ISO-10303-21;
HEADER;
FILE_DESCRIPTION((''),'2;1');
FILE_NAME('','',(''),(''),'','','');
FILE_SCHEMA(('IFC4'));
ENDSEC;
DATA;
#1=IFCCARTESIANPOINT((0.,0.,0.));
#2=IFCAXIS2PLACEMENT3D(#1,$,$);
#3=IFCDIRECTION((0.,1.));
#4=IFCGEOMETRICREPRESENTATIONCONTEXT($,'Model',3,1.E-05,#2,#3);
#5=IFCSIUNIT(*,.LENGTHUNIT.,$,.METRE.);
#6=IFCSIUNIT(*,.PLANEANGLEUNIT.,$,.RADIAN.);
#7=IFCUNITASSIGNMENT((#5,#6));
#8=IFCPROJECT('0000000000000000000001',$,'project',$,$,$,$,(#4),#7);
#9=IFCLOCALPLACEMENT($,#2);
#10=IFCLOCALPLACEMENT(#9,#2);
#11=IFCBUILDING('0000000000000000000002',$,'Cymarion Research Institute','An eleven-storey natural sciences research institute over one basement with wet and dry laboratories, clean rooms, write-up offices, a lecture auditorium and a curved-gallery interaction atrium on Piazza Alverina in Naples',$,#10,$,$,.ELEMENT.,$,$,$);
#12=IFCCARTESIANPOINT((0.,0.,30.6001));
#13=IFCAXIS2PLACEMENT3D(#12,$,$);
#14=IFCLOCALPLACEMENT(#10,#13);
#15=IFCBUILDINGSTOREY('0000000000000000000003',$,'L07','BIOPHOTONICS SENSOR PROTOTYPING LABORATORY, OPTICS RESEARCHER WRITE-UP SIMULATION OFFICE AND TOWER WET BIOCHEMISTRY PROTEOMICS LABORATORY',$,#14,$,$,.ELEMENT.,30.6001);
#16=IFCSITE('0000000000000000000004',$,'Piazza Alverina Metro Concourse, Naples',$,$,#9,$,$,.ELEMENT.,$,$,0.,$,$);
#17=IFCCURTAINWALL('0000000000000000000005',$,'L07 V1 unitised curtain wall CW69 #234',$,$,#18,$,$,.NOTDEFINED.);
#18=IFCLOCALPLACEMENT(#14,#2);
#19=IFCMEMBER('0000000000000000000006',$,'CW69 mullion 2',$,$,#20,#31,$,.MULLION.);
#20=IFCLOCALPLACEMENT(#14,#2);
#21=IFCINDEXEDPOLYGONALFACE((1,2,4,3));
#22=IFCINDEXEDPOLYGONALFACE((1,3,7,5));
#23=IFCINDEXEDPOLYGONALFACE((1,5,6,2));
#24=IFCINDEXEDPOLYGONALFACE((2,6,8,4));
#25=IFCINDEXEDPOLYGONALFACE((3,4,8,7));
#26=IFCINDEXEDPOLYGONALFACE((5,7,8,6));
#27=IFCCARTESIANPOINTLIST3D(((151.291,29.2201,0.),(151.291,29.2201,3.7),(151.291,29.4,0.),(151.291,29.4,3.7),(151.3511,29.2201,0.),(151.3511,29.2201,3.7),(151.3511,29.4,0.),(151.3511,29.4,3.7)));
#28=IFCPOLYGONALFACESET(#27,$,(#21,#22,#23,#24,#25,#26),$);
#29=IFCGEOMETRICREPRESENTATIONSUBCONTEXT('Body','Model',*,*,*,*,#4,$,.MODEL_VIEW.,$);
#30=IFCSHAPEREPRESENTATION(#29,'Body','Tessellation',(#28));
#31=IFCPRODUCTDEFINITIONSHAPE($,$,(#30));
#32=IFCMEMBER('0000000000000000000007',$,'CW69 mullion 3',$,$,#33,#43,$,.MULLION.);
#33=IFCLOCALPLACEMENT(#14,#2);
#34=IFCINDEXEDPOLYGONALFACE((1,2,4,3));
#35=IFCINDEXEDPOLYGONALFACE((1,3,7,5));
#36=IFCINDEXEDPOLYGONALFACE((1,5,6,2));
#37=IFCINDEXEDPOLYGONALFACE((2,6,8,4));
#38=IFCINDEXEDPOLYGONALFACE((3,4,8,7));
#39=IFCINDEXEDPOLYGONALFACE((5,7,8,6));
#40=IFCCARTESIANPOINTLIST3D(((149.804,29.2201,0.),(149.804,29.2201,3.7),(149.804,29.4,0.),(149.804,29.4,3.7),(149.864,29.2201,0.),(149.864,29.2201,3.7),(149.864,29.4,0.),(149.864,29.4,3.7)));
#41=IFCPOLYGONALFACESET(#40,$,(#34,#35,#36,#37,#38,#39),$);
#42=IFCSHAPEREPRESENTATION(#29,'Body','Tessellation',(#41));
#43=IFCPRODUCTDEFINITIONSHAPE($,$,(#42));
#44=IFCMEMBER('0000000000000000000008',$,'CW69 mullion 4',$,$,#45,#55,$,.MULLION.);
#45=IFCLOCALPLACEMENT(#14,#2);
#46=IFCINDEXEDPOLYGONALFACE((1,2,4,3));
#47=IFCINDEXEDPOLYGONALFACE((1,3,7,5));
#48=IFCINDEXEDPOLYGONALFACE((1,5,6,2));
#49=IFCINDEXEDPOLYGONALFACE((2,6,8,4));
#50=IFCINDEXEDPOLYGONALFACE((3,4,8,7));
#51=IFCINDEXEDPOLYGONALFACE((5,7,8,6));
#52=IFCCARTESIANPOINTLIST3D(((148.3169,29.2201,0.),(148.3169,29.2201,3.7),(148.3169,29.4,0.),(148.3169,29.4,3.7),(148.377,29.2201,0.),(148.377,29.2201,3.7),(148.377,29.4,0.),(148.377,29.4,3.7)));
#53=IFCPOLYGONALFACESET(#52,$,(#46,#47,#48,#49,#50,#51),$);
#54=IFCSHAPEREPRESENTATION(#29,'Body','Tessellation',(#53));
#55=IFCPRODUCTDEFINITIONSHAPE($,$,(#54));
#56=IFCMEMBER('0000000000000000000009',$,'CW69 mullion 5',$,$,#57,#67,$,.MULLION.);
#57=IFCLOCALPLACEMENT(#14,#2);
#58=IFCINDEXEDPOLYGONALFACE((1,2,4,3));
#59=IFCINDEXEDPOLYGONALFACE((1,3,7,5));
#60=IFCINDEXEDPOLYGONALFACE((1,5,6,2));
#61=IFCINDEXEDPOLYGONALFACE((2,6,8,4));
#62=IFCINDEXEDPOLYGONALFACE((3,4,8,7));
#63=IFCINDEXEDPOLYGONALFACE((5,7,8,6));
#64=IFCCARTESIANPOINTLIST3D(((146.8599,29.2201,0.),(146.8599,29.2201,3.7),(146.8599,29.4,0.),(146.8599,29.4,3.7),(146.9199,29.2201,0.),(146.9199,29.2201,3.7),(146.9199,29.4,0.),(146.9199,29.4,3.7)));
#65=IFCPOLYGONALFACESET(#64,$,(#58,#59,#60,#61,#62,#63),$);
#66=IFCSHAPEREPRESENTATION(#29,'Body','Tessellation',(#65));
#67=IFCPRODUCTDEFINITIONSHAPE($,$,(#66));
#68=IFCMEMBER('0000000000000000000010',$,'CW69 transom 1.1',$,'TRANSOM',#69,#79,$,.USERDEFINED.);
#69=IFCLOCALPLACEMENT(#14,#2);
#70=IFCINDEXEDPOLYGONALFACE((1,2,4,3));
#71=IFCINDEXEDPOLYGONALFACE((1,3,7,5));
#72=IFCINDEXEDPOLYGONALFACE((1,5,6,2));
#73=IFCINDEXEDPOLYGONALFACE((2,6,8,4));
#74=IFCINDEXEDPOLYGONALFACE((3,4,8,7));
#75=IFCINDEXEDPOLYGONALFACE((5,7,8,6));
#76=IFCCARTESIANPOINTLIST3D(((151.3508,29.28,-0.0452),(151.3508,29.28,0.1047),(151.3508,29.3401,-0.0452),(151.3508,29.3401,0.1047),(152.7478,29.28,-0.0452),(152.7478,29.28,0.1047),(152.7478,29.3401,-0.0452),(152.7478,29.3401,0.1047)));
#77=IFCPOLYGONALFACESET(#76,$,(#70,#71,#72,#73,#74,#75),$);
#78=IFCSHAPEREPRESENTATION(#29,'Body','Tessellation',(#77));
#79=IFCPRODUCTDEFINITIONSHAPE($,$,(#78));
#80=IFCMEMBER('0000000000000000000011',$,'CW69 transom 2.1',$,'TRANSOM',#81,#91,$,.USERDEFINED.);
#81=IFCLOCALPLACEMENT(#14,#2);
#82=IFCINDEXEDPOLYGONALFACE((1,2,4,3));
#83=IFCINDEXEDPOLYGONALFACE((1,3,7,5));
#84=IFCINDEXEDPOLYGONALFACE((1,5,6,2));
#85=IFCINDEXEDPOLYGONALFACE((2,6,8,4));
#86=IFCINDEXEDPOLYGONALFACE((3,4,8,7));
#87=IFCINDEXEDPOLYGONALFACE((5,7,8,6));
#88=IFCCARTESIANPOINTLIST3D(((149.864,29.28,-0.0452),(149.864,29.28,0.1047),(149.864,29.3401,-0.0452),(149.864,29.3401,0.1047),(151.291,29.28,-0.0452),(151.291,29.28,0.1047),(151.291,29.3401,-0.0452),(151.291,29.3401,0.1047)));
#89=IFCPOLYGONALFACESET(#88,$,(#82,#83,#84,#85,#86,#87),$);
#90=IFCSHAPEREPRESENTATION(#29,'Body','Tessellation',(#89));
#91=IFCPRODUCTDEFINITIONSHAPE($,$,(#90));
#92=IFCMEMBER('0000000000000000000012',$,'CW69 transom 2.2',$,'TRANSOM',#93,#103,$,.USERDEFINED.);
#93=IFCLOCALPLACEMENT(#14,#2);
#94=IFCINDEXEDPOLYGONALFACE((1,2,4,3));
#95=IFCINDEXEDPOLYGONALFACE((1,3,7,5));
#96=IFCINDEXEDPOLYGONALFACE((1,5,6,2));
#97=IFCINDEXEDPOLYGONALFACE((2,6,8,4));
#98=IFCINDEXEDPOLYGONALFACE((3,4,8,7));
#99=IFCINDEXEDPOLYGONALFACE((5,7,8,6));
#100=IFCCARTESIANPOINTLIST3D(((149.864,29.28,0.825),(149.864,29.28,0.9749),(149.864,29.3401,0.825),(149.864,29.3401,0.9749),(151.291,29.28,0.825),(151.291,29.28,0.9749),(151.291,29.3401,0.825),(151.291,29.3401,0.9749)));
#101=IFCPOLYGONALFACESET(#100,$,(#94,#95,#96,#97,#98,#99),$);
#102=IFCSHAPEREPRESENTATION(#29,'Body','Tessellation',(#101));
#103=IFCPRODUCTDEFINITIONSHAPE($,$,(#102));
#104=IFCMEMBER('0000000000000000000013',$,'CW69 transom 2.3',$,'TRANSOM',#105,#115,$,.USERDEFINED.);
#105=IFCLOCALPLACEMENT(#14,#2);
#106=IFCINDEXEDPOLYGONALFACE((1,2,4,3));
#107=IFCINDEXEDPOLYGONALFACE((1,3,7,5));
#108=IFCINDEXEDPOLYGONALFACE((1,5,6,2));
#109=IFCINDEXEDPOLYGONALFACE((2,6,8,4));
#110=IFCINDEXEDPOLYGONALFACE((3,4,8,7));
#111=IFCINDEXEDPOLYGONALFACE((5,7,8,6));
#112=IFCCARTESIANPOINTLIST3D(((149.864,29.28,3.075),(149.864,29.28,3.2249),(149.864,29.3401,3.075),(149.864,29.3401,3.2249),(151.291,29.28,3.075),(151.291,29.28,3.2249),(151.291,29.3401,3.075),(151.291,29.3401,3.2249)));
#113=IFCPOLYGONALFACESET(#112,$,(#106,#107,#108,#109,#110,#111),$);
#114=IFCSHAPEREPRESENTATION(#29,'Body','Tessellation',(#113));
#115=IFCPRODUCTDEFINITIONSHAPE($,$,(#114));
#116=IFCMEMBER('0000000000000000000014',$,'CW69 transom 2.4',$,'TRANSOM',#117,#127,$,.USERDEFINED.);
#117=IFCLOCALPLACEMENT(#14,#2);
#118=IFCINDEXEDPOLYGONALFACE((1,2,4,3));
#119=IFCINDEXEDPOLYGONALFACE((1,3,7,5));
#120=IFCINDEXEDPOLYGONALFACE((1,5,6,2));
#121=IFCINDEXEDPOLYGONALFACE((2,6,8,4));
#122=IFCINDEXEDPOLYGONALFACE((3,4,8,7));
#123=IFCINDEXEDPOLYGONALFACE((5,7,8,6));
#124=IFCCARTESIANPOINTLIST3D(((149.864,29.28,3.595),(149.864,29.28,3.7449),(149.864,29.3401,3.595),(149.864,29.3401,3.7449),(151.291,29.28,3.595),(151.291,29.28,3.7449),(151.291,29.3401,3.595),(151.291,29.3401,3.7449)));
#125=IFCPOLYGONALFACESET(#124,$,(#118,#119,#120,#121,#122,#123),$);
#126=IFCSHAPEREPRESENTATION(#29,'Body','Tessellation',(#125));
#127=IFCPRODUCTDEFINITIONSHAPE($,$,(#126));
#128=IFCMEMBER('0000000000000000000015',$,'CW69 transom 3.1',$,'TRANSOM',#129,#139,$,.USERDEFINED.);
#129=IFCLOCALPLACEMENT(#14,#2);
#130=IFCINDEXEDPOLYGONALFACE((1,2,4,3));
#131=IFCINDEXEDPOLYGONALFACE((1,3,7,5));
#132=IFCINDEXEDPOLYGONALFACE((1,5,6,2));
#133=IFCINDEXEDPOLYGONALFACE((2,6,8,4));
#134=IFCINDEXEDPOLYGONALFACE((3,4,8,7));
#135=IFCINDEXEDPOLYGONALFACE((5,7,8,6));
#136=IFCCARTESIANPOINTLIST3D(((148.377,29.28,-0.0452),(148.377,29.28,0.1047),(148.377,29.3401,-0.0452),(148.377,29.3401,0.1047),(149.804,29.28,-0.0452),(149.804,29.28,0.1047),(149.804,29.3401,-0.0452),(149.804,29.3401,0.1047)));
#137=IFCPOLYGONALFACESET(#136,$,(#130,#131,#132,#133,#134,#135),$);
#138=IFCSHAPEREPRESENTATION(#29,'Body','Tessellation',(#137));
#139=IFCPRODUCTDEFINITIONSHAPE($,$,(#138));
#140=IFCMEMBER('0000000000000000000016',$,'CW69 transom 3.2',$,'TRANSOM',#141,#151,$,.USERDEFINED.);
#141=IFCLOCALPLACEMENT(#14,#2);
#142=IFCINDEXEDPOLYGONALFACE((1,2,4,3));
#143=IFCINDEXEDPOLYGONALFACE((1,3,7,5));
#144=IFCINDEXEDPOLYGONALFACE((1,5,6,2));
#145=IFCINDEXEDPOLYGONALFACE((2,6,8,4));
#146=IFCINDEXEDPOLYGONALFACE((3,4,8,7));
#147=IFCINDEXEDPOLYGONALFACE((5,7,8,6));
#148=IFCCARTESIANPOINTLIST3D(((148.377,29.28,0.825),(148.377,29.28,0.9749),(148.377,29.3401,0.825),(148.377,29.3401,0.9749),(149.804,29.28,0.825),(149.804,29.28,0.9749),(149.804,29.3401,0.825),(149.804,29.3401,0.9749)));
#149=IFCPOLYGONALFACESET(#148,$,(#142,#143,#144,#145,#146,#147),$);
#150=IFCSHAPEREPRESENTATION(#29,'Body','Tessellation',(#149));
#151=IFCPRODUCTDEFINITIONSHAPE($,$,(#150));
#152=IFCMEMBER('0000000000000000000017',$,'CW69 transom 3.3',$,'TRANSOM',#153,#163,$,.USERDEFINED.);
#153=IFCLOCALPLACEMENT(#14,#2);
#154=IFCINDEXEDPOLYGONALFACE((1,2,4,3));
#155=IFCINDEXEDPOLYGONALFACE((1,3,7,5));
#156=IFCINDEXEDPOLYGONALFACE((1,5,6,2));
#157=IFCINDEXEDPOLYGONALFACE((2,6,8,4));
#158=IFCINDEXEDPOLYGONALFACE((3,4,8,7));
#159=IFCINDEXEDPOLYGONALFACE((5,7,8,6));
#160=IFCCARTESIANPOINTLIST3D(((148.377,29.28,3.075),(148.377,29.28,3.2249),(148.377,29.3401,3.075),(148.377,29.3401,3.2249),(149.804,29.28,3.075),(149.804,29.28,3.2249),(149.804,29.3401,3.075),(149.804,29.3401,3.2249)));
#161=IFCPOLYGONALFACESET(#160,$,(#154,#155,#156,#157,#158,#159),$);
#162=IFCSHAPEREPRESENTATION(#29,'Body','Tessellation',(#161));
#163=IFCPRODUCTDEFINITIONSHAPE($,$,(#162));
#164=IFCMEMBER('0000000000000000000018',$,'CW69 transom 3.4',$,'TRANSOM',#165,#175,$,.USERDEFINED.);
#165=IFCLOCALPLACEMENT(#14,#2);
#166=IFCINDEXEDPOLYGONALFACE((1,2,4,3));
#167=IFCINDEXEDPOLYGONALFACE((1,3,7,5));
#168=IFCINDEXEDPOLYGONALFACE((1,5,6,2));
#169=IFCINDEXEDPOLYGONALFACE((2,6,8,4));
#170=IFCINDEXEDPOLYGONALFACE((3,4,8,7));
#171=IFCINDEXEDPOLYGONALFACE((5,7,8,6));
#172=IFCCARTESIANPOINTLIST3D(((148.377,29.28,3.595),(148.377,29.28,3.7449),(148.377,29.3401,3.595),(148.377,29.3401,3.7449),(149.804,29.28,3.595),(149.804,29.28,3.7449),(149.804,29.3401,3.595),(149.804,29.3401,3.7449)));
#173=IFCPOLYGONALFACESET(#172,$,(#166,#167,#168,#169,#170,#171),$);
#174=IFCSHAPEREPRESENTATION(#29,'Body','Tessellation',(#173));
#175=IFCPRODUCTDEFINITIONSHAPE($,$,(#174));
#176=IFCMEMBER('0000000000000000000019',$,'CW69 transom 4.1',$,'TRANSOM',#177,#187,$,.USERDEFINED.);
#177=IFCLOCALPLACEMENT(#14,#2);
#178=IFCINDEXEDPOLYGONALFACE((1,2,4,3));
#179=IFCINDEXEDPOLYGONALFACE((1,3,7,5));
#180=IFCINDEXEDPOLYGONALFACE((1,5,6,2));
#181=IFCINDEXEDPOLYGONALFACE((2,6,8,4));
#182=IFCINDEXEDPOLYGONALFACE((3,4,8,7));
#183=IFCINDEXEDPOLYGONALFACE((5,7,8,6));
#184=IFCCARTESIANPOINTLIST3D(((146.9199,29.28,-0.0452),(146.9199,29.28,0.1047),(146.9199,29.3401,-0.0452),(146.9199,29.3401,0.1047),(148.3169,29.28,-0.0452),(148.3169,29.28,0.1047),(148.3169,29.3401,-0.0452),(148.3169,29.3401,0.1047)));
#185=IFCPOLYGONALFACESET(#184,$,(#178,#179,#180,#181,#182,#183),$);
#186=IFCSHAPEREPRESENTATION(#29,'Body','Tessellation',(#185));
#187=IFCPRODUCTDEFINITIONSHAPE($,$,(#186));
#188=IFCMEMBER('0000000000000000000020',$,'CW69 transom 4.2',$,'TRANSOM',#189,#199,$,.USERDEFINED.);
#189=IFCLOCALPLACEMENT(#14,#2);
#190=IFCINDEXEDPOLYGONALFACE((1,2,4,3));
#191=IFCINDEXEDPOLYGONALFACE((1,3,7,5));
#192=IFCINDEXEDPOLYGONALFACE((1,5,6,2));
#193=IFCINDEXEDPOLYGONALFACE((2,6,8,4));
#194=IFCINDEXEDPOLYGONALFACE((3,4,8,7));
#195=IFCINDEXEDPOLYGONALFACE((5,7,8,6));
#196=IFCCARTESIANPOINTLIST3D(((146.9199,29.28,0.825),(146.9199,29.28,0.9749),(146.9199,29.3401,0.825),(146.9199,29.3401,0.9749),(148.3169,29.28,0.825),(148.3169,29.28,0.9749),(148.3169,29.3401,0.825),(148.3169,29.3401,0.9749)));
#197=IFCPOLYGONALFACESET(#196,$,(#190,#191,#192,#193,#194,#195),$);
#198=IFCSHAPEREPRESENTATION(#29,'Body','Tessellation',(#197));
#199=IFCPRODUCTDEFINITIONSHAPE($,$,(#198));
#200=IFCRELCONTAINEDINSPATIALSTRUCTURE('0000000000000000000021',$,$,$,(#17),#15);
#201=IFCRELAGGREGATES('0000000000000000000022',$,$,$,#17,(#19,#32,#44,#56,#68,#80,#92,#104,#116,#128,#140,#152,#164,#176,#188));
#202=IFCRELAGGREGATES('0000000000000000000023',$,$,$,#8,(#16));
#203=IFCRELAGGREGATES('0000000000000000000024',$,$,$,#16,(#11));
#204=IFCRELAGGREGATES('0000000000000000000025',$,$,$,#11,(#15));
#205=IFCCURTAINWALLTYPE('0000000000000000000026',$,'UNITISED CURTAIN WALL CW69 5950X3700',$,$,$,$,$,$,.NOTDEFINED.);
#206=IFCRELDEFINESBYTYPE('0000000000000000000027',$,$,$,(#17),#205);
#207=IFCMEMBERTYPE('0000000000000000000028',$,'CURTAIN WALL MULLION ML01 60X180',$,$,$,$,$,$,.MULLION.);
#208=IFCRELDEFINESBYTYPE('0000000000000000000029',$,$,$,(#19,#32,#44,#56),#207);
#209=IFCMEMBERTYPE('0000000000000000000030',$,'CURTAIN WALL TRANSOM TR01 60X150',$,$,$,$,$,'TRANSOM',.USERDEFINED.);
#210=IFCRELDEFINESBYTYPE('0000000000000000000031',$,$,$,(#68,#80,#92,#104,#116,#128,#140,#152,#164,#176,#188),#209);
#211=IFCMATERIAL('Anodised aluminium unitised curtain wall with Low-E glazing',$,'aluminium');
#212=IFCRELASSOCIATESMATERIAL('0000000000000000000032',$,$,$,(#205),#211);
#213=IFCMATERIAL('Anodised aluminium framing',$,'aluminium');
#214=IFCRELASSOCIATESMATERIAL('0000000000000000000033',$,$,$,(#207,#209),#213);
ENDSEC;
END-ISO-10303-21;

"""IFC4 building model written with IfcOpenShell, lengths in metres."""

from ifc_helpers import new_model, si_unit, direction, frame, origin, origin_2d, place, context, subcontext, project, spatial, rectangle, extrude, material, material_profile, profile_set, type_object, element, aggregate, save


model = new_model("IFC4")

# Units and contexts
model_context = context("Model", 3, precision=1e-05, world=origin(), true_north=direction((0.0, 1.0)))
body_context = subcontext(model_context, "Body", "Model", "MODEL_VIEW")
ifc_project = project(units=[si_unit("LENGTHUNIT", "METRE"), si_unit("PLANEANGLEUNIT", "RADIAN")], contexts=[model_context])

# Site, building, storey
site_placement = place(None, origin())
site = spatial("IfcSite", under=ifc_project, at=site_placement, Name="Piazza Alverina Metro Concourse, Naples", CompositionType="ELEMENT", RefElevation=0.0)
building_placement = place(site_placement, origin())
building = spatial("IfcBuilding", under=site, at=building_placement, Name="Cymarion Research Institute", Description="An eleven-storey natural sciences research institute over one basement with wet and dry laboratories, clean rooms, write-up offices, a lecture auditorium and a curved-gallery interaction atrium on Piazza Alverina in Naples", CompositionType="ELEMENT")
storey_placement = place(building_placement, frame((0.0, 0.0, 30.6001)))
storey = spatial("IfcBuildingStorey", under=building, at=storey_placement, Name="L07", Description="BIOPHOTONICS SENSOR PROTOTYPING LABORATORY, OPTICS RESEARCHER WRITE-UP SIMULATION OFFICE AND TOWER WET BIOCHEMISTRY PROTEOMICS LABORATORY", CompositionType="ELEMENT", Elevation=30.6001)

# Curtain wall, members
ifc_material_1 = material(Name="Anodised aluminium unitised curtain wall with Low-E glazing", Category="aluminium")
curtain_wall_type = type_object("IfcCurtainWallType", Name="UNITISED CURTAIN WALL CW69 5950X3700", PredefinedType="NOTDEFINED", material=ifc_material_1)
curtain_wall_placement = place(storey_placement, origin())
curtain_wall = element("IfcCurtainWall", 1, at=curtain_wall_placement, inside=storey, type_object=curtain_wall_type, Name="L07 V1 unitised curtain wall CW69 #234", PredefinedType="NOTDEFINED")
ifc_material_2 = material(Name="Anodised aluminium framing", Category="aluminium")
ifc_material_profile_1 = material_profile(ifc_material_2, rectangle(XDim=0.0601, YDim=0.1799, at=origin_2d()), Name="ALU MULLION 60x180")
ifc_profile_set_1 = profile_set([ifc_material_profile_1], Name="Anodised aluminium framing")
member_type_1 = type_object("IfcMemberType", Name="CURTAIN WALL MULLION ML01 60X180", PredefinedType="MULLION", material=ifc_profile_set_1)
member_1_placement = place(storey_placement, frame((151.321, 29.3101, 0.0), z_axis=(0.0, 0.0, 1.0), x_axis=(-1.0, 0.0, 0.0)))
member_1 = element("IfcMember", 2, at=member_1_placement, type_object=member_type_1, Name="CW69 mullion 2", PredefinedType="MULLION", context=body_context, shape_type="SweptSolid", body=[
    extrude(rectangle(XDim=0.0601, YDim=0.1799, at=origin_2d()), origin(), (0.0, 0.0, 1.0), 3.7),
])
member_2_placement = place(storey_placement, frame((149.834, 29.3101, 0.0), z_axis=(0.0, 0.0, 1.0), x_axis=(-1.0, 0.0, 0.0)))
member_2 = element("IfcMember", 3, at=member_2_placement, type_object=member_type_1, Name="CW69 mullion 3", PredefinedType="MULLION", context=body_context, shape_type="SweptSolid", body=[
    extrude(rectangle(XDim=0.0601, YDim=0.1799, at=origin_2d()), origin(), (0.0, 0.0, 1.0), 3.7),
])
member_3_placement = place(storey_placement, frame((148.3469, 29.3101, 0.0), z_axis=(0.0, 0.0, 1.0), x_axis=(-1.0, 0.0, 0.0)))
member_3 = element("IfcMember", 4, at=member_3_placement, type_object=member_type_1, Name="CW69 mullion 4", PredefinedType="MULLION", context=body_context, shape_type="SweptSolid", body=[
    extrude(rectangle(XDim=0.0601, YDim=0.1799, at=origin_2d()), origin(), (0.0, 0.0, 1.0), 3.7),
])
member_4_placement = place(storey_placement, frame((146.8899, 29.3101, 0.0), z_axis=(0.0, 0.0, 1.0), x_axis=(-1.0, 0.0, 0.0)))
member_4 = element("IfcMember", 5, at=member_4_placement, type_object=member_type_1, Name="CW69 mullion 5", PredefinedType="MULLION", context=body_context, shape_type="SweptSolid", body=[
    extrude(rectangle(XDim=0.0601, YDim=0.1799, at=origin_2d()), origin(), (0.0, 0.0, 1.0), 3.7),
])
ifc_material_profile_2 = material_profile(ifc_material_2, rectangle(XDim=0.0601, YDim=0.1499, at=origin_2d()), Name="ALU TRANSOM 60x150")
ifc_profile_set_2 = profile_set([ifc_material_profile_2], Name="Anodised aluminium framing")
member_type_2 = type_object("IfcMemberType", Name="CURTAIN WALL TRANSOM TR01 60X150", ElementType="TRANSOM", PredefinedType="USERDEFINED", material=ifc_profile_set_2)
member_5_placement = place(storey_placement, frame((152.7478, 29.3101, 0.0298), z_axis=(-1.0, 0.0, 0.0), x_axis=(0.0, -1.0, 0.0)))
member_5 = element("IfcMember", 6, at=member_5_placement, type_object=member_type_2, Name="CW69 transom 1.1", ObjectType="TRANSOM", PredefinedType="USERDEFINED", context=body_context, shape_type="SweptSolid", body=[
    extrude(rectangle(XDim=0.0601, YDim=0.1499, at=origin_2d()), origin(), (0.0, 0.0, 1.0), 1.397),
])
member_6_placement = place(storey_placement, frame((151.291, 29.3101, 0.0298), z_axis=(-1.0, 0.0, 0.0), x_axis=(0.0, -1.0, 0.0)))
member_6 = element("IfcMember", 7, at=member_6_placement, type_object=member_type_2, Name="CW69 transom 2.1", ObjectType="TRANSOM", PredefinedType="USERDEFINED", context=body_context, shape_type="SweptSolid", body=[
    extrude(rectangle(XDim=0.0601, YDim=0.1499, at=origin_2d()), origin(), (0.0, 0.0, 1.0), 1.427),
])
member_7_placement = place(storey_placement, frame((151.291, 29.3101, 0.8999), z_axis=(-1.0, 0.0, 0.0), x_axis=(0.0, -1.0, 0.0)))
member_7 = element("IfcMember", 8, at=member_7_placement, type_object=member_type_2, Name="CW69 transom 2.2", ObjectType="TRANSOM", PredefinedType="USERDEFINED", context=body_context, shape_type="SweptSolid", body=[
    extrude(rectangle(XDim=0.0601, YDim=0.1499, at=origin_2d()), origin(), (0.0, 0.0, 1.0), 1.427),
])
member_8_placement = place(storey_placement, frame((151.291, 29.3101, 3.1499), z_axis=(-1.0, 0.0, 0.0), x_axis=(0.0, -1.0, 0.0)))
member_8 = element("IfcMember", 9, at=member_8_placement, type_object=member_type_2, Name="CW69 transom 2.3", ObjectType="TRANSOM", PredefinedType="USERDEFINED", context=body_context, shape_type="SweptSolid", body=[
    extrude(rectangle(XDim=0.0601, YDim=0.1499, at=origin_2d()), origin(), (0.0, 0.0, 1.0), 1.427),
])
member_9_placement = place(storey_placement, frame((151.291, 29.3101, 3.6699), z_axis=(-1.0, 0.0, 0.0), x_axis=(0.0, -1.0, 0.0)))
member_9 = element("IfcMember", 10, at=member_9_placement, type_object=member_type_2, Name="CW69 transom 2.4", ObjectType="TRANSOM", PredefinedType="USERDEFINED", context=body_context, shape_type="SweptSolid", body=[
    extrude(rectangle(XDim=0.0601, YDim=0.1499, at=origin_2d()), origin(), (0.0, 0.0, 1.0), 1.427),
])
member_10_placement = place(storey_placement, frame((149.804, 29.3101, 0.0298), z_axis=(-1.0, 0.0, 0.0), x_axis=(0.0, -1.0, 0.0)))
member_10 = element("IfcMember", 11, at=member_10_placement, type_object=member_type_2, Name="CW69 transom 3.1", ObjectType="TRANSOM", PredefinedType="USERDEFINED", context=body_context, shape_type="SweptSolid", body=[
    extrude(rectangle(XDim=0.0601, YDim=0.1499, at=origin_2d()), origin(), (0.0, 0.0, 1.0), 1.427),
])
member_11_placement = place(storey_placement, frame((149.804, 29.3101, 0.8999), z_axis=(-1.0, 0.0, 0.0), x_axis=(0.0, -1.0, 0.0)))
member_11 = element("IfcMember", 12, at=member_11_placement, type_object=member_type_2, Name="CW69 transom 3.2", ObjectType="TRANSOM", PredefinedType="USERDEFINED", context=body_context, shape_type="SweptSolid", body=[
    extrude(rectangle(XDim=0.0601, YDim=0.1499, at=origin_2d()), origin(), (0.0, 0.0, 1.0), 1.427),
])
member_12_placement = place(storey_placement, frame((149.804, 29.3101, 3.1499), z_axis=(-1.0, 0.0, 0.0), x_axis=(0.0, -1.0, 0.0)))
member_12 = element("IfcMember", 13, at=member_12_placement, type_object=member_type_2, Name="CW69 transom 3.3", ObjectType="TRANSOM", PredefinedType="USERDEFINED", context=body_context, shape_type="SweptSolid", body=[
    extrude(rectangle(XDim=0.0601, YDim=0.1499, at=origin_2d()), origin(), (0.0, 0.0, 1.0), 1.427),
])
member_13_placement = place(storey_placement, frame((149.804, 29.3101, 3.6699), z_axis=(-1.0, 0.0, 0.0), x_axis=(0.0, -1.0, 0.0)))
member_13 = element("IfcMember", 14, at=member_13_placement, type_object=member_type_2, Name="CW69 transom 3.4", ObjectType="TRANSOM", PredefinedType="USERDEFINED", context=body_context, shape_type="SweptSolid", body=[
    extrude(rectangle(XDim=0.0601, YDim=0.1499, at=origin_2d()), origin(), (0.0, 0.0, 1.0), 1.427),
])
member_14_placement = place(storey_placement, frame((148.3169, 29.3101, 0.0298), z_axis=(-1.0, 0.0, 0.0), x_axis=(0.0, -1.0, 0.0)))
member_14 = element("IfcMember", 15, at=member_14_placement, type_object=member_type_2, Name="CW69 transom 4.1", ObjectType="TRANSOM", PredefinedType="USERDEFINED", context=body_context, shape_type="SweptSolid", body=[
    extrude(rectangle(XDim=0.0601, YDim=0.1499, at=origin_2d()), origin(), (0.0, 0.0, 1.0), 1.397),
])
member_15_placement = place(storey_placement, frame((148.3169, 29.3101, 0.8999), z_axis=(-1.0, 0.0, 0.0), x_axis=(0.0, -1.0, 0.0)))
member_15 = element("IfcMember", 16, at=member_15_placement, type_object=member_type_2, Name="CW69 transom 4.2", ObjectType="TRANSOM", PredefinedType="USERDEFINED", context=body_context, shape_type="SweptSolid", body=[
    extrude(rectangle(XDim=0.0601, YDim=0.1499, at=origin_2d()), origin(), (0.0, 0.0, 1.0), 1.397),
])

aggregate(curtain_wall, [member_1, member_2, member_3, member_4, member_5, member_6, member_7, member_8, member_9, member_10, member_11, member_12, member_13, member_14, member_15])

save(model, "model.ifc")
